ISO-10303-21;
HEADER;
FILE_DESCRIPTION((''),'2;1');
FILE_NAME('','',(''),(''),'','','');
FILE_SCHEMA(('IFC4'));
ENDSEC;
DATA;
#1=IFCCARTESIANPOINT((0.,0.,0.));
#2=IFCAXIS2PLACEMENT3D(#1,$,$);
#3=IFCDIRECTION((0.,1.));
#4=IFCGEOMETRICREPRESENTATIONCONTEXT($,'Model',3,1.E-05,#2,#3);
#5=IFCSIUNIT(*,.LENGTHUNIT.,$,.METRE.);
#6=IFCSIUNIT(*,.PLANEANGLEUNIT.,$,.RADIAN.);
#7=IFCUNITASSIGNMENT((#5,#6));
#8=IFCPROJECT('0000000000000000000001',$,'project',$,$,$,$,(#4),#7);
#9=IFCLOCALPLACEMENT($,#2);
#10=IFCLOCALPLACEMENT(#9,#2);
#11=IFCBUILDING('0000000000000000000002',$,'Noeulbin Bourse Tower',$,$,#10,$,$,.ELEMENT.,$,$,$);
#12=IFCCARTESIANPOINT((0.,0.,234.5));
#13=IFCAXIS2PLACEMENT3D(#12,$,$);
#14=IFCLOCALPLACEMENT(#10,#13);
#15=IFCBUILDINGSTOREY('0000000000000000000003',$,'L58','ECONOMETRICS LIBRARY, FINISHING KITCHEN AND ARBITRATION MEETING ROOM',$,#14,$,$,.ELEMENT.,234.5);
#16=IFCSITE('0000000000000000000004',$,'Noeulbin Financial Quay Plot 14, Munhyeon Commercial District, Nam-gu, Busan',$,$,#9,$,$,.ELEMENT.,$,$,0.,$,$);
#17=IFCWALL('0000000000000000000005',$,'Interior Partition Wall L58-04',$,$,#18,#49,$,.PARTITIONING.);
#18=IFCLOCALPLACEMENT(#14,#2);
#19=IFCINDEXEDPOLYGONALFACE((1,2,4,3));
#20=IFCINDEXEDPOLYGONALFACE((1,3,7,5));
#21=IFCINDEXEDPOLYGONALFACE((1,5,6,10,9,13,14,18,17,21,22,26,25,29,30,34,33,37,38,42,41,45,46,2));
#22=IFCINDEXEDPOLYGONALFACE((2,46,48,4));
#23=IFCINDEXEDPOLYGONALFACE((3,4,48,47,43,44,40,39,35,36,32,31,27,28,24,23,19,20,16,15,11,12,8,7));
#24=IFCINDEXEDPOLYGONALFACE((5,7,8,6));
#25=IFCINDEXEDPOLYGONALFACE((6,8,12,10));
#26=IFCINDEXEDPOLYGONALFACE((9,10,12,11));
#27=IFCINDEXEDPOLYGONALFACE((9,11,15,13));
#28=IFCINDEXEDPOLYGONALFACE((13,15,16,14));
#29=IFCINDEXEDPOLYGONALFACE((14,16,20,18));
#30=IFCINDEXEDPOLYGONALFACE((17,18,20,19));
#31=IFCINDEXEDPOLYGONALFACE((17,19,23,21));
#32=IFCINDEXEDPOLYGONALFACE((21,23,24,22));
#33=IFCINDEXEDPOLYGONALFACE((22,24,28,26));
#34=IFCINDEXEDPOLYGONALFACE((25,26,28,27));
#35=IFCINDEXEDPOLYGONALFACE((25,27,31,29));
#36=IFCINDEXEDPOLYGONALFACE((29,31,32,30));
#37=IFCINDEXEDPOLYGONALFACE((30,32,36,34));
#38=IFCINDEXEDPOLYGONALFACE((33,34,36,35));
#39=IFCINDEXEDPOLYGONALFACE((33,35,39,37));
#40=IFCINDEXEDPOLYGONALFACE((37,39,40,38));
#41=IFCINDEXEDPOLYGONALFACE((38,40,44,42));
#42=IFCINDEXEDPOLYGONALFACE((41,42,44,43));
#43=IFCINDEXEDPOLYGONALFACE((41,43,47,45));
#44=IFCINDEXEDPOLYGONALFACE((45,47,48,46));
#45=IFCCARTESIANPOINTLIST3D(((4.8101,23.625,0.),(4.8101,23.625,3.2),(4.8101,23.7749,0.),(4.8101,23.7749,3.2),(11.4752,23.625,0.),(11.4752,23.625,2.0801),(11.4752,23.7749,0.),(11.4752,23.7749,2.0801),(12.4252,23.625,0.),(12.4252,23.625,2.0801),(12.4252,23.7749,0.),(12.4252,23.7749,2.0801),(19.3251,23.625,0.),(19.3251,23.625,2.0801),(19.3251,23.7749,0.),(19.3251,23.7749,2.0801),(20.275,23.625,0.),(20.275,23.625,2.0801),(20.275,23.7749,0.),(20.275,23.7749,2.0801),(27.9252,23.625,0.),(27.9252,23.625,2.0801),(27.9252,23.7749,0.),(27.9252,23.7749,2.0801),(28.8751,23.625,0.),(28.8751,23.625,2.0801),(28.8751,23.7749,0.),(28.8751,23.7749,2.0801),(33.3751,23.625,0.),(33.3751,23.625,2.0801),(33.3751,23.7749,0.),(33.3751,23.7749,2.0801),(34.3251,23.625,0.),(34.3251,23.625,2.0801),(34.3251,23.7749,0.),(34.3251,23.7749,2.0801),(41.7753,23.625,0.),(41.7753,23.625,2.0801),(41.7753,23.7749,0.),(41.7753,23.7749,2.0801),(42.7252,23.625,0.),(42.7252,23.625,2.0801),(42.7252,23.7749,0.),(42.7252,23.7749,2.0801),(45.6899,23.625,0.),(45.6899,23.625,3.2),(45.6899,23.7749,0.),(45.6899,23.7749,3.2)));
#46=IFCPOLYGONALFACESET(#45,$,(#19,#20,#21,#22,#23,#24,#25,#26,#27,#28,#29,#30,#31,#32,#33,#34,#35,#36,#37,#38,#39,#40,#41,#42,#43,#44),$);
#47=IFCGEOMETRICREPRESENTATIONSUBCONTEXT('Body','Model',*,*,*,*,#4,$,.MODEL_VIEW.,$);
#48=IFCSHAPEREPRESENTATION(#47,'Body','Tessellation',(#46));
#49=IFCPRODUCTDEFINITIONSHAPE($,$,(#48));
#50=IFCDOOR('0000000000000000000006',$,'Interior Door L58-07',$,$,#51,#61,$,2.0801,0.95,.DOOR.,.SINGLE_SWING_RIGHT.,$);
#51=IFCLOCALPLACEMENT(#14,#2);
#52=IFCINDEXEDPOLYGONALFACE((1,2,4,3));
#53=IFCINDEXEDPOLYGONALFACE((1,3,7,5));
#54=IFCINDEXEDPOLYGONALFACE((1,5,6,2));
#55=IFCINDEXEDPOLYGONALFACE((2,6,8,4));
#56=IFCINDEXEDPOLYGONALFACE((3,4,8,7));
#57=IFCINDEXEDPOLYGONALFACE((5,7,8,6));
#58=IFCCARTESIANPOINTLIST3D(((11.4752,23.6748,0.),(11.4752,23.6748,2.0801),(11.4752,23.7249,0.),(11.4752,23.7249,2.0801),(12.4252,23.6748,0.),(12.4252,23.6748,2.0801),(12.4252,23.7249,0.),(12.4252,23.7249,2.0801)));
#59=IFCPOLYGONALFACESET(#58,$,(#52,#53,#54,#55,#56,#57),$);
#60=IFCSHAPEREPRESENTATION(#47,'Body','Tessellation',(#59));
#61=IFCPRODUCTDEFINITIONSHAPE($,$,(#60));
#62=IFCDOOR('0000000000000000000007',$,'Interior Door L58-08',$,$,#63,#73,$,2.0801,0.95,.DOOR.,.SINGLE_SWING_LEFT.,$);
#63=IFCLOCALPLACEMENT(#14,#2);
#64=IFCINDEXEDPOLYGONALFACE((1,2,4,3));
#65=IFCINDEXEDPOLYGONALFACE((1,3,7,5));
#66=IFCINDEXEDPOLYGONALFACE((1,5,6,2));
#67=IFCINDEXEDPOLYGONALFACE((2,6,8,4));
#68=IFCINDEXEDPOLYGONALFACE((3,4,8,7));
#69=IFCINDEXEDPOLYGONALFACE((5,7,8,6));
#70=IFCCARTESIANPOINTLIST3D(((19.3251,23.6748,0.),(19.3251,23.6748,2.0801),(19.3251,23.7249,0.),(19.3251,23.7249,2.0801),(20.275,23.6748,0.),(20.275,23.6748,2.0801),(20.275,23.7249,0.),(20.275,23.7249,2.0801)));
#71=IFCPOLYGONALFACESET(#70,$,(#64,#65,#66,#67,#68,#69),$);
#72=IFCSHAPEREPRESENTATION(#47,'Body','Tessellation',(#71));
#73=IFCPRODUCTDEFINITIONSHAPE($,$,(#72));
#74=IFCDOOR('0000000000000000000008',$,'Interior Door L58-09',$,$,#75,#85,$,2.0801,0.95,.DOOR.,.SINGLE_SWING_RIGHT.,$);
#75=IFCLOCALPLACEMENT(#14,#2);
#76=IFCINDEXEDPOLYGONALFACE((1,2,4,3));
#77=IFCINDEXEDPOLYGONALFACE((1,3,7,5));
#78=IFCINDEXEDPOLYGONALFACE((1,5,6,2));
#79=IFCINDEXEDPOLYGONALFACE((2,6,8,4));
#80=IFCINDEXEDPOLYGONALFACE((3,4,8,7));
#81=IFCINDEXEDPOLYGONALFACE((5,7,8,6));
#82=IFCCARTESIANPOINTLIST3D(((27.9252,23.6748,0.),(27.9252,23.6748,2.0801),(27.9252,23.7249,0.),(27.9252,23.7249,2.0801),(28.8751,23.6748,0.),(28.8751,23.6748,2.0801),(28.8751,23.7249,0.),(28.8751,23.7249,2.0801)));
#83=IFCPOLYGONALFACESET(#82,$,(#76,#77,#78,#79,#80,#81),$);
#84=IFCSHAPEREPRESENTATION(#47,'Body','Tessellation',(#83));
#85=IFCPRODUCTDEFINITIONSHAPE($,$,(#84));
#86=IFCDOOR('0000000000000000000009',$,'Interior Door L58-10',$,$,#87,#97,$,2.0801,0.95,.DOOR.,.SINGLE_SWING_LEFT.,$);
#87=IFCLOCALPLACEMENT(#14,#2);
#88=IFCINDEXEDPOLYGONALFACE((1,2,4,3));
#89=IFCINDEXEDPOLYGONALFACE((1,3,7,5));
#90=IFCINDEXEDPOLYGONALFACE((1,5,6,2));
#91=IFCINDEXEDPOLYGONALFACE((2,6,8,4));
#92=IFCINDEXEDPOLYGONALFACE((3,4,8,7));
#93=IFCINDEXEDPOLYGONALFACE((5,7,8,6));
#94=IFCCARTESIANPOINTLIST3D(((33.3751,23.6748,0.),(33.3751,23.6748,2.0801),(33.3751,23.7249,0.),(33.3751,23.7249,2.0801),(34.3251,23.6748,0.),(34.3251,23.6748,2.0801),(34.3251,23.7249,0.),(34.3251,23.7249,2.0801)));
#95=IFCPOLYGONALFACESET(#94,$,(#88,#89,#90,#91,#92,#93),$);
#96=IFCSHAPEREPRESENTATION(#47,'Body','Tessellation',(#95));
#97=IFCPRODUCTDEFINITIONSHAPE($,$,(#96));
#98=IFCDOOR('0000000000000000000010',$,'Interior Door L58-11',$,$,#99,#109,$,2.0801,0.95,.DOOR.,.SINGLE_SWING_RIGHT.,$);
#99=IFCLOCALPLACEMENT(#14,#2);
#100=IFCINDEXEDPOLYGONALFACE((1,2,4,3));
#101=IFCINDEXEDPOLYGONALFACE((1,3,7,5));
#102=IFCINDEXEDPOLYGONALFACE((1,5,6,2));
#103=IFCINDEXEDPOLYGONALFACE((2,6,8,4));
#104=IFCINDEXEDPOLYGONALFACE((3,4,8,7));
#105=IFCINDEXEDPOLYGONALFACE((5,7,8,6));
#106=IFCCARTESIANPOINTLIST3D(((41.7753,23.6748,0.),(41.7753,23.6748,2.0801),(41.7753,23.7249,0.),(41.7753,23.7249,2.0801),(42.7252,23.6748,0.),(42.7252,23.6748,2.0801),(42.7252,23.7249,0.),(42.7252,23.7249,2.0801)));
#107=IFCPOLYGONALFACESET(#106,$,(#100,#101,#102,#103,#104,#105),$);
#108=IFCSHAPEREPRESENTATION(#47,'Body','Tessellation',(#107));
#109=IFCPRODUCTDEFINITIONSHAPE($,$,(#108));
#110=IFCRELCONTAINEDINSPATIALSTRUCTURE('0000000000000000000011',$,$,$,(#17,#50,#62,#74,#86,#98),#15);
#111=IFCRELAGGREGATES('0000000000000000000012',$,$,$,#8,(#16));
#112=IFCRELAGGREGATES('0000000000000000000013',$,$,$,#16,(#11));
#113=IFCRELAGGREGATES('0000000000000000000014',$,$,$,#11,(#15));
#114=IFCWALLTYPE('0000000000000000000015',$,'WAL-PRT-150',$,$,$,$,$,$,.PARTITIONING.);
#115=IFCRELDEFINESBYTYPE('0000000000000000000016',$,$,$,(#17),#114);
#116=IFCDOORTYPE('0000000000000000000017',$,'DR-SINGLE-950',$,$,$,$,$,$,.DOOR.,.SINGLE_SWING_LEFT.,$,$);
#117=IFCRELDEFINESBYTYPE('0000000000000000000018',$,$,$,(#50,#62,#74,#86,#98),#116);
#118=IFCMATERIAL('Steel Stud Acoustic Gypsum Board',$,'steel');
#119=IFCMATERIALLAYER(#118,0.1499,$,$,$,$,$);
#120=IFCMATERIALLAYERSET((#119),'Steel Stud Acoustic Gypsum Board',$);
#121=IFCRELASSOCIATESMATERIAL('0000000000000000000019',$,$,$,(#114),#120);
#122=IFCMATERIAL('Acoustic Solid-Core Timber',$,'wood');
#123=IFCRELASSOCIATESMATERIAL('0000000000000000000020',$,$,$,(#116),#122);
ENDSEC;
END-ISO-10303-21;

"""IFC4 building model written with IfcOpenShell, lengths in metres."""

from ifc_helpers import new_model, si_unit, direction, frame, frame_2d, origin, place, context, subcontext, project, spatial, rectangle, extrude, material, layer, layer_set, type_object, element, fill, save


model = new_model("IFC4")

# Units and contexts
model_context = context("Model", 3, precision=1e-05, world=origin(), true_north=direction((0.0, 1.0)))
body_context = subcontext(model_context, "Body", "Model", "MODEL_VIEW")
ifc_project = project(units=[si_unit("LENGTHUNIT", "METRE"), si_unit("PLANEANGLEUNIT", "RADIAN")], contexts=[model_context])

# Site, building, storey
site_placement = place(None, origin())
site = spatial("IfcSite", under=ifc_project, at=site_placement, Name="Noeulbin Financial Quay Plot 14, Munhyeon Commercial District, Nam-gu, Busan", CompositionType="ELEMENT", RefElevation=0.0)
building_placement = place(site_placement, origin())
building = spatial("IfcBuilding", under=site, at=building_placement, Name="Noeulbin Bourse Tower", CompositionType="ELEMENT")
storey_placement = place(building_placement, frame((0.0, 0.0, 234.5)))
storey = spatial("IfcBuildingStorey", under=building, at=storey_placement, Name="L58", Description="ECONOMETRICS LIBRARY, FINISHING KITCHEN AND ARBITRATION MEETING ROOM", CompositionType="ELEMENT", Elevation=234.5)

# Wall, openings, doors
ifc_material_1 = material(Name="Steel Stud Acoustic Gypsum Board", Category="steel")
ifc_layer_1 = layer(ifc_material_1, 0.1499)
ifc_layer_set_1 = layer_set([ifc_layer_1], Name="Steel Stud Acoustic Gypsum Board")
wall_type = type_object("IfcWallType", Name="WAL-PRT-150", PredefinedType="PARTITIONING", material=ifc_layer_set_1)
wall_placement = place(storey_placement, frame((4.8101, 23.7, 0.0), z_axis=(0.0, 0.0, 1.0), x_axis=(1.0, 0.0, 0.0)))
wall = element("IfcWall", 1, at=wall_placement, inside=storey, type_object=wall_type, Name="Interior Partition Wall L58-04", PredefinedType="PARTITIONING", context=body_context, shape_type="SweptSolid", body=[
    extrude(rectangle(XDim=40.8799, YDim=0.1499, at=frame_2d((20.4399, 0.0))), origin(), (0.0, 0.0, 1.0), 3.2),
])
opening_1_placement = place(wall_placement, frame((6.665, 0.0, 0.0)))
opening_1 = element("IfcOpeningElement", 2, at=opening_1_placement, cuts=wall, PredefinedType="OPENING", context=body_context, shape_type="SweptSolid", body=[
    extrude(rectangle(XDim=0.95, YDim=2.0801, at=frame_2d((0.4751, 1.04))), frame((0.0, 0.085, 0.0), z_axis=(0.0, -1.0, 0.0), x_axis=(1.0, 0.0, 0.0)), (0.0, 0.0, 1.0), 0.1699),
])
opening_2_placement = place(wall_placement, frame((14.5149, 0.0, 0.0)))
opening_2 = element("IfcOpeningElement", 3, at=opening_2_placement, cuts=wall, PredefinedType="OPENING", context=body_context, shape_type="SweptSolid", body=[
    extrude(rectangle(XDim=0.95, YDim=2.0801, at=frame_2d((0.4751, 1.04))), frame((0.0, 0.085, 0.0), z_axis=(0.0, -1.0, 0.0), x_axis=(1.0, 0.0, 0.0)), (0.0, 0.0, 1.0), 0.1699),
])
opening_3_placement = place(wall_placement, frame((23.115, 0.0, 0.0)))
opening_3 = element("IfcOpeningElement", 4, at=opening_3_placement, cuts=wall, PredefinedType="OPENING", context=body_context, shape_type="SweptSolid", body=[
    extrude(rectangle(XDim=0.95, YDim=2.0801, at=frame_2d((0.4751, 1.04))), frame((0.0, 0.085, 0.0), z_axis=(0.0, -1.0, 0.0), x_axis=(1.0, 0.0, 0.0)), (0.0, 0.0, 1.0), 0.1699),
])
opening_4_placement = place(wall_placement, frame((28.5649, 0.0, 0.0)))
opening_4 = element("IfcOpeningElement", 5, at=opening_4_placement, cuts=wall, PredefinedType="OPENING", context=body_context, shape_type="SweptSolid", body=[
    extrude(rectangle(XDim=0.95, YDim=2.0801, at=frame_2d((0.4751, 1.04))), frame((0.0, 0.085, 0.0), z_axis=(0.0, -1.0, 0.0), x_axis=(1.0, 0.0, 0.0)), (0.0, 0.0, 1.0), 0.1699),
])
opening_5_placement = place(wall_placement, frame((36.9651, 0.0, 0.0)))
opening_5 = element("IfcOpeningElement", 6, at=opening_5_placement, cuts=wall, PredefinedType="OPENING", context=body_context, shape_type="SweptSolid", body=[
    extrude(rectangle(XDim=0.95, YDim=2.0801, at=frame_2d((0.4751, 1.04))), frame((0.0, 0.085, 0.0), z_axis=(0.0, -1.0, 0.0), x_axis=(1.0, 0.0, 0.0)), (0.0, 0.0, 1.0), 0.1699),
])
ifc_material_2 = material(Name="Acoustic Solid-Core Timber", Category="wood")
door_type = type_object("IfcDoorType", Name="DR-SINGLE-950", OperationType="SINGLE_SWING_LEFT", PredefinedType="DOOR", material=ifc_material_2)
door_1_placement = place(opening_1_placement, origin())
door_1 = element("IfcDoor", 7, at=door_1_placement, inside=storey, type_object=door_type, Name="Interior Door L58-07", OperationType="SINGLE_SWING_RIGHT", OverallHeight=2.0801, OverallWidth=0.95, PredefinedType="DOOR", context=body_context, shape_type="SweptSolid", body=[
    extrude(rectangle(XDim=0.95, YDim=2.0801, at=frame_2d((0.4751, 1.04))), frame((0.0, 0.0249, 0.0), z_axis=(0.0, -1.0, 0.0), x_axis=(1.0, 0.0, 0.0)), (0.0, 0.0, 1.0), 0.05),
])
fill(opening_1, door_1)
door_2_placement = place(opening_2_placement, origin())
door_2 = element("IfcDoor", 8, at=door_2_placement, inside=storey, type_object=door_type, Name="Interior Door L58-08", OperationType="SINGLE_SWING_LEFT", OverallHeight=2.0801, OverallWidth=0.95, PredefinedType="DOOR", context=body_context, shape_type="SweptSolid", body=[
    extrude(rectangle(XDim=0.95, YDim=2.0801, at=frame_2d((0.4751, 1.04))), frame((0.0, 0.0249, 0.0), z_axis=(0.0, -1.0, 0.0), x_axis=(1.0, 0.0, 0.0)), (0.0, 0.0, 1.0), 0.05),
])
fill(opening_2, door_2)
door_3_placement = place(opening_3_placement, origin())
door_3 = element("IfcDoor", 9, at=door_3_placement, inside=storey, type_object=door_type, Name="Interior Door L58-09", OperationType="SINGLE_SWING_RIGHT", OverallHeight=2.0801, OverallWidth=0.95, PredefinedType="DOOR", context=body_context, shape_type="SweptSolid", body=[
    extrude(rectangle(XDim=0.95, YDim=2.0801, at=frame_2d((0.4751, 1.04))), frame((0.0, 0.0249, 0.0), z_axis=(0.0, -1.0, 0.0), x_axis=(1.0, 0.0, 0.0)), (0.0, 0.0, 1.0), 0.05),
])
fill(opening_3, door_3)
door_4_placement = place(opening_4_placement, origin())
door_4 = element("IfcDoor", 10, at=door_4_placement, inside=storey, type_object=door_type, Name="Interior Door L58-10", OperationType="SINGLE_SWING_LEFT", OverallHeight=2.0801, OverallWidth=0.95, PredefinedType="DOOR", context=body_context, shape_type="SweptSolid", body=[
    extrude(rectangle(XDim=0.95, YDim=2.0801, at=frame_2d((0.4751, 1.04))), frame((0.0, 0.0249, 0.0), z_axis=(0.0, -1.0, 0.0), x_axis=(1.0, 0.0, 0.0)), (0.0, 0.0, 1.0), 0.05),
])
fill(opening_4, door_4)
door_5_placement = place(opening_5_placement, origin())
door_5 = element("IfcDoor", 11, at=door_5_placement, inside=storey, type_object=door_type, Name="Interior Door L58-11", OperationType="SINGLE_SWING_RIGHT", OverallHeight=2.0801, OverallWidth=0.95, PredefinedType="DOOR", context=body_context, shape_type="SweptSolid", body=[
    extrude(rectangle(XDim=0.95, YDim=2.0801, at=frame_2d((0.4751, 1.04))), frame((0.0, 0.0249, 0.0), z_axis=(0.0, -1.0, 0.0), x_axis=(1.0, 0.0, 0.0)), (0.0, 0.0, 1.0), 0.05),
])
fill(opening_5, door_5)

save(model, "model.ifc")
